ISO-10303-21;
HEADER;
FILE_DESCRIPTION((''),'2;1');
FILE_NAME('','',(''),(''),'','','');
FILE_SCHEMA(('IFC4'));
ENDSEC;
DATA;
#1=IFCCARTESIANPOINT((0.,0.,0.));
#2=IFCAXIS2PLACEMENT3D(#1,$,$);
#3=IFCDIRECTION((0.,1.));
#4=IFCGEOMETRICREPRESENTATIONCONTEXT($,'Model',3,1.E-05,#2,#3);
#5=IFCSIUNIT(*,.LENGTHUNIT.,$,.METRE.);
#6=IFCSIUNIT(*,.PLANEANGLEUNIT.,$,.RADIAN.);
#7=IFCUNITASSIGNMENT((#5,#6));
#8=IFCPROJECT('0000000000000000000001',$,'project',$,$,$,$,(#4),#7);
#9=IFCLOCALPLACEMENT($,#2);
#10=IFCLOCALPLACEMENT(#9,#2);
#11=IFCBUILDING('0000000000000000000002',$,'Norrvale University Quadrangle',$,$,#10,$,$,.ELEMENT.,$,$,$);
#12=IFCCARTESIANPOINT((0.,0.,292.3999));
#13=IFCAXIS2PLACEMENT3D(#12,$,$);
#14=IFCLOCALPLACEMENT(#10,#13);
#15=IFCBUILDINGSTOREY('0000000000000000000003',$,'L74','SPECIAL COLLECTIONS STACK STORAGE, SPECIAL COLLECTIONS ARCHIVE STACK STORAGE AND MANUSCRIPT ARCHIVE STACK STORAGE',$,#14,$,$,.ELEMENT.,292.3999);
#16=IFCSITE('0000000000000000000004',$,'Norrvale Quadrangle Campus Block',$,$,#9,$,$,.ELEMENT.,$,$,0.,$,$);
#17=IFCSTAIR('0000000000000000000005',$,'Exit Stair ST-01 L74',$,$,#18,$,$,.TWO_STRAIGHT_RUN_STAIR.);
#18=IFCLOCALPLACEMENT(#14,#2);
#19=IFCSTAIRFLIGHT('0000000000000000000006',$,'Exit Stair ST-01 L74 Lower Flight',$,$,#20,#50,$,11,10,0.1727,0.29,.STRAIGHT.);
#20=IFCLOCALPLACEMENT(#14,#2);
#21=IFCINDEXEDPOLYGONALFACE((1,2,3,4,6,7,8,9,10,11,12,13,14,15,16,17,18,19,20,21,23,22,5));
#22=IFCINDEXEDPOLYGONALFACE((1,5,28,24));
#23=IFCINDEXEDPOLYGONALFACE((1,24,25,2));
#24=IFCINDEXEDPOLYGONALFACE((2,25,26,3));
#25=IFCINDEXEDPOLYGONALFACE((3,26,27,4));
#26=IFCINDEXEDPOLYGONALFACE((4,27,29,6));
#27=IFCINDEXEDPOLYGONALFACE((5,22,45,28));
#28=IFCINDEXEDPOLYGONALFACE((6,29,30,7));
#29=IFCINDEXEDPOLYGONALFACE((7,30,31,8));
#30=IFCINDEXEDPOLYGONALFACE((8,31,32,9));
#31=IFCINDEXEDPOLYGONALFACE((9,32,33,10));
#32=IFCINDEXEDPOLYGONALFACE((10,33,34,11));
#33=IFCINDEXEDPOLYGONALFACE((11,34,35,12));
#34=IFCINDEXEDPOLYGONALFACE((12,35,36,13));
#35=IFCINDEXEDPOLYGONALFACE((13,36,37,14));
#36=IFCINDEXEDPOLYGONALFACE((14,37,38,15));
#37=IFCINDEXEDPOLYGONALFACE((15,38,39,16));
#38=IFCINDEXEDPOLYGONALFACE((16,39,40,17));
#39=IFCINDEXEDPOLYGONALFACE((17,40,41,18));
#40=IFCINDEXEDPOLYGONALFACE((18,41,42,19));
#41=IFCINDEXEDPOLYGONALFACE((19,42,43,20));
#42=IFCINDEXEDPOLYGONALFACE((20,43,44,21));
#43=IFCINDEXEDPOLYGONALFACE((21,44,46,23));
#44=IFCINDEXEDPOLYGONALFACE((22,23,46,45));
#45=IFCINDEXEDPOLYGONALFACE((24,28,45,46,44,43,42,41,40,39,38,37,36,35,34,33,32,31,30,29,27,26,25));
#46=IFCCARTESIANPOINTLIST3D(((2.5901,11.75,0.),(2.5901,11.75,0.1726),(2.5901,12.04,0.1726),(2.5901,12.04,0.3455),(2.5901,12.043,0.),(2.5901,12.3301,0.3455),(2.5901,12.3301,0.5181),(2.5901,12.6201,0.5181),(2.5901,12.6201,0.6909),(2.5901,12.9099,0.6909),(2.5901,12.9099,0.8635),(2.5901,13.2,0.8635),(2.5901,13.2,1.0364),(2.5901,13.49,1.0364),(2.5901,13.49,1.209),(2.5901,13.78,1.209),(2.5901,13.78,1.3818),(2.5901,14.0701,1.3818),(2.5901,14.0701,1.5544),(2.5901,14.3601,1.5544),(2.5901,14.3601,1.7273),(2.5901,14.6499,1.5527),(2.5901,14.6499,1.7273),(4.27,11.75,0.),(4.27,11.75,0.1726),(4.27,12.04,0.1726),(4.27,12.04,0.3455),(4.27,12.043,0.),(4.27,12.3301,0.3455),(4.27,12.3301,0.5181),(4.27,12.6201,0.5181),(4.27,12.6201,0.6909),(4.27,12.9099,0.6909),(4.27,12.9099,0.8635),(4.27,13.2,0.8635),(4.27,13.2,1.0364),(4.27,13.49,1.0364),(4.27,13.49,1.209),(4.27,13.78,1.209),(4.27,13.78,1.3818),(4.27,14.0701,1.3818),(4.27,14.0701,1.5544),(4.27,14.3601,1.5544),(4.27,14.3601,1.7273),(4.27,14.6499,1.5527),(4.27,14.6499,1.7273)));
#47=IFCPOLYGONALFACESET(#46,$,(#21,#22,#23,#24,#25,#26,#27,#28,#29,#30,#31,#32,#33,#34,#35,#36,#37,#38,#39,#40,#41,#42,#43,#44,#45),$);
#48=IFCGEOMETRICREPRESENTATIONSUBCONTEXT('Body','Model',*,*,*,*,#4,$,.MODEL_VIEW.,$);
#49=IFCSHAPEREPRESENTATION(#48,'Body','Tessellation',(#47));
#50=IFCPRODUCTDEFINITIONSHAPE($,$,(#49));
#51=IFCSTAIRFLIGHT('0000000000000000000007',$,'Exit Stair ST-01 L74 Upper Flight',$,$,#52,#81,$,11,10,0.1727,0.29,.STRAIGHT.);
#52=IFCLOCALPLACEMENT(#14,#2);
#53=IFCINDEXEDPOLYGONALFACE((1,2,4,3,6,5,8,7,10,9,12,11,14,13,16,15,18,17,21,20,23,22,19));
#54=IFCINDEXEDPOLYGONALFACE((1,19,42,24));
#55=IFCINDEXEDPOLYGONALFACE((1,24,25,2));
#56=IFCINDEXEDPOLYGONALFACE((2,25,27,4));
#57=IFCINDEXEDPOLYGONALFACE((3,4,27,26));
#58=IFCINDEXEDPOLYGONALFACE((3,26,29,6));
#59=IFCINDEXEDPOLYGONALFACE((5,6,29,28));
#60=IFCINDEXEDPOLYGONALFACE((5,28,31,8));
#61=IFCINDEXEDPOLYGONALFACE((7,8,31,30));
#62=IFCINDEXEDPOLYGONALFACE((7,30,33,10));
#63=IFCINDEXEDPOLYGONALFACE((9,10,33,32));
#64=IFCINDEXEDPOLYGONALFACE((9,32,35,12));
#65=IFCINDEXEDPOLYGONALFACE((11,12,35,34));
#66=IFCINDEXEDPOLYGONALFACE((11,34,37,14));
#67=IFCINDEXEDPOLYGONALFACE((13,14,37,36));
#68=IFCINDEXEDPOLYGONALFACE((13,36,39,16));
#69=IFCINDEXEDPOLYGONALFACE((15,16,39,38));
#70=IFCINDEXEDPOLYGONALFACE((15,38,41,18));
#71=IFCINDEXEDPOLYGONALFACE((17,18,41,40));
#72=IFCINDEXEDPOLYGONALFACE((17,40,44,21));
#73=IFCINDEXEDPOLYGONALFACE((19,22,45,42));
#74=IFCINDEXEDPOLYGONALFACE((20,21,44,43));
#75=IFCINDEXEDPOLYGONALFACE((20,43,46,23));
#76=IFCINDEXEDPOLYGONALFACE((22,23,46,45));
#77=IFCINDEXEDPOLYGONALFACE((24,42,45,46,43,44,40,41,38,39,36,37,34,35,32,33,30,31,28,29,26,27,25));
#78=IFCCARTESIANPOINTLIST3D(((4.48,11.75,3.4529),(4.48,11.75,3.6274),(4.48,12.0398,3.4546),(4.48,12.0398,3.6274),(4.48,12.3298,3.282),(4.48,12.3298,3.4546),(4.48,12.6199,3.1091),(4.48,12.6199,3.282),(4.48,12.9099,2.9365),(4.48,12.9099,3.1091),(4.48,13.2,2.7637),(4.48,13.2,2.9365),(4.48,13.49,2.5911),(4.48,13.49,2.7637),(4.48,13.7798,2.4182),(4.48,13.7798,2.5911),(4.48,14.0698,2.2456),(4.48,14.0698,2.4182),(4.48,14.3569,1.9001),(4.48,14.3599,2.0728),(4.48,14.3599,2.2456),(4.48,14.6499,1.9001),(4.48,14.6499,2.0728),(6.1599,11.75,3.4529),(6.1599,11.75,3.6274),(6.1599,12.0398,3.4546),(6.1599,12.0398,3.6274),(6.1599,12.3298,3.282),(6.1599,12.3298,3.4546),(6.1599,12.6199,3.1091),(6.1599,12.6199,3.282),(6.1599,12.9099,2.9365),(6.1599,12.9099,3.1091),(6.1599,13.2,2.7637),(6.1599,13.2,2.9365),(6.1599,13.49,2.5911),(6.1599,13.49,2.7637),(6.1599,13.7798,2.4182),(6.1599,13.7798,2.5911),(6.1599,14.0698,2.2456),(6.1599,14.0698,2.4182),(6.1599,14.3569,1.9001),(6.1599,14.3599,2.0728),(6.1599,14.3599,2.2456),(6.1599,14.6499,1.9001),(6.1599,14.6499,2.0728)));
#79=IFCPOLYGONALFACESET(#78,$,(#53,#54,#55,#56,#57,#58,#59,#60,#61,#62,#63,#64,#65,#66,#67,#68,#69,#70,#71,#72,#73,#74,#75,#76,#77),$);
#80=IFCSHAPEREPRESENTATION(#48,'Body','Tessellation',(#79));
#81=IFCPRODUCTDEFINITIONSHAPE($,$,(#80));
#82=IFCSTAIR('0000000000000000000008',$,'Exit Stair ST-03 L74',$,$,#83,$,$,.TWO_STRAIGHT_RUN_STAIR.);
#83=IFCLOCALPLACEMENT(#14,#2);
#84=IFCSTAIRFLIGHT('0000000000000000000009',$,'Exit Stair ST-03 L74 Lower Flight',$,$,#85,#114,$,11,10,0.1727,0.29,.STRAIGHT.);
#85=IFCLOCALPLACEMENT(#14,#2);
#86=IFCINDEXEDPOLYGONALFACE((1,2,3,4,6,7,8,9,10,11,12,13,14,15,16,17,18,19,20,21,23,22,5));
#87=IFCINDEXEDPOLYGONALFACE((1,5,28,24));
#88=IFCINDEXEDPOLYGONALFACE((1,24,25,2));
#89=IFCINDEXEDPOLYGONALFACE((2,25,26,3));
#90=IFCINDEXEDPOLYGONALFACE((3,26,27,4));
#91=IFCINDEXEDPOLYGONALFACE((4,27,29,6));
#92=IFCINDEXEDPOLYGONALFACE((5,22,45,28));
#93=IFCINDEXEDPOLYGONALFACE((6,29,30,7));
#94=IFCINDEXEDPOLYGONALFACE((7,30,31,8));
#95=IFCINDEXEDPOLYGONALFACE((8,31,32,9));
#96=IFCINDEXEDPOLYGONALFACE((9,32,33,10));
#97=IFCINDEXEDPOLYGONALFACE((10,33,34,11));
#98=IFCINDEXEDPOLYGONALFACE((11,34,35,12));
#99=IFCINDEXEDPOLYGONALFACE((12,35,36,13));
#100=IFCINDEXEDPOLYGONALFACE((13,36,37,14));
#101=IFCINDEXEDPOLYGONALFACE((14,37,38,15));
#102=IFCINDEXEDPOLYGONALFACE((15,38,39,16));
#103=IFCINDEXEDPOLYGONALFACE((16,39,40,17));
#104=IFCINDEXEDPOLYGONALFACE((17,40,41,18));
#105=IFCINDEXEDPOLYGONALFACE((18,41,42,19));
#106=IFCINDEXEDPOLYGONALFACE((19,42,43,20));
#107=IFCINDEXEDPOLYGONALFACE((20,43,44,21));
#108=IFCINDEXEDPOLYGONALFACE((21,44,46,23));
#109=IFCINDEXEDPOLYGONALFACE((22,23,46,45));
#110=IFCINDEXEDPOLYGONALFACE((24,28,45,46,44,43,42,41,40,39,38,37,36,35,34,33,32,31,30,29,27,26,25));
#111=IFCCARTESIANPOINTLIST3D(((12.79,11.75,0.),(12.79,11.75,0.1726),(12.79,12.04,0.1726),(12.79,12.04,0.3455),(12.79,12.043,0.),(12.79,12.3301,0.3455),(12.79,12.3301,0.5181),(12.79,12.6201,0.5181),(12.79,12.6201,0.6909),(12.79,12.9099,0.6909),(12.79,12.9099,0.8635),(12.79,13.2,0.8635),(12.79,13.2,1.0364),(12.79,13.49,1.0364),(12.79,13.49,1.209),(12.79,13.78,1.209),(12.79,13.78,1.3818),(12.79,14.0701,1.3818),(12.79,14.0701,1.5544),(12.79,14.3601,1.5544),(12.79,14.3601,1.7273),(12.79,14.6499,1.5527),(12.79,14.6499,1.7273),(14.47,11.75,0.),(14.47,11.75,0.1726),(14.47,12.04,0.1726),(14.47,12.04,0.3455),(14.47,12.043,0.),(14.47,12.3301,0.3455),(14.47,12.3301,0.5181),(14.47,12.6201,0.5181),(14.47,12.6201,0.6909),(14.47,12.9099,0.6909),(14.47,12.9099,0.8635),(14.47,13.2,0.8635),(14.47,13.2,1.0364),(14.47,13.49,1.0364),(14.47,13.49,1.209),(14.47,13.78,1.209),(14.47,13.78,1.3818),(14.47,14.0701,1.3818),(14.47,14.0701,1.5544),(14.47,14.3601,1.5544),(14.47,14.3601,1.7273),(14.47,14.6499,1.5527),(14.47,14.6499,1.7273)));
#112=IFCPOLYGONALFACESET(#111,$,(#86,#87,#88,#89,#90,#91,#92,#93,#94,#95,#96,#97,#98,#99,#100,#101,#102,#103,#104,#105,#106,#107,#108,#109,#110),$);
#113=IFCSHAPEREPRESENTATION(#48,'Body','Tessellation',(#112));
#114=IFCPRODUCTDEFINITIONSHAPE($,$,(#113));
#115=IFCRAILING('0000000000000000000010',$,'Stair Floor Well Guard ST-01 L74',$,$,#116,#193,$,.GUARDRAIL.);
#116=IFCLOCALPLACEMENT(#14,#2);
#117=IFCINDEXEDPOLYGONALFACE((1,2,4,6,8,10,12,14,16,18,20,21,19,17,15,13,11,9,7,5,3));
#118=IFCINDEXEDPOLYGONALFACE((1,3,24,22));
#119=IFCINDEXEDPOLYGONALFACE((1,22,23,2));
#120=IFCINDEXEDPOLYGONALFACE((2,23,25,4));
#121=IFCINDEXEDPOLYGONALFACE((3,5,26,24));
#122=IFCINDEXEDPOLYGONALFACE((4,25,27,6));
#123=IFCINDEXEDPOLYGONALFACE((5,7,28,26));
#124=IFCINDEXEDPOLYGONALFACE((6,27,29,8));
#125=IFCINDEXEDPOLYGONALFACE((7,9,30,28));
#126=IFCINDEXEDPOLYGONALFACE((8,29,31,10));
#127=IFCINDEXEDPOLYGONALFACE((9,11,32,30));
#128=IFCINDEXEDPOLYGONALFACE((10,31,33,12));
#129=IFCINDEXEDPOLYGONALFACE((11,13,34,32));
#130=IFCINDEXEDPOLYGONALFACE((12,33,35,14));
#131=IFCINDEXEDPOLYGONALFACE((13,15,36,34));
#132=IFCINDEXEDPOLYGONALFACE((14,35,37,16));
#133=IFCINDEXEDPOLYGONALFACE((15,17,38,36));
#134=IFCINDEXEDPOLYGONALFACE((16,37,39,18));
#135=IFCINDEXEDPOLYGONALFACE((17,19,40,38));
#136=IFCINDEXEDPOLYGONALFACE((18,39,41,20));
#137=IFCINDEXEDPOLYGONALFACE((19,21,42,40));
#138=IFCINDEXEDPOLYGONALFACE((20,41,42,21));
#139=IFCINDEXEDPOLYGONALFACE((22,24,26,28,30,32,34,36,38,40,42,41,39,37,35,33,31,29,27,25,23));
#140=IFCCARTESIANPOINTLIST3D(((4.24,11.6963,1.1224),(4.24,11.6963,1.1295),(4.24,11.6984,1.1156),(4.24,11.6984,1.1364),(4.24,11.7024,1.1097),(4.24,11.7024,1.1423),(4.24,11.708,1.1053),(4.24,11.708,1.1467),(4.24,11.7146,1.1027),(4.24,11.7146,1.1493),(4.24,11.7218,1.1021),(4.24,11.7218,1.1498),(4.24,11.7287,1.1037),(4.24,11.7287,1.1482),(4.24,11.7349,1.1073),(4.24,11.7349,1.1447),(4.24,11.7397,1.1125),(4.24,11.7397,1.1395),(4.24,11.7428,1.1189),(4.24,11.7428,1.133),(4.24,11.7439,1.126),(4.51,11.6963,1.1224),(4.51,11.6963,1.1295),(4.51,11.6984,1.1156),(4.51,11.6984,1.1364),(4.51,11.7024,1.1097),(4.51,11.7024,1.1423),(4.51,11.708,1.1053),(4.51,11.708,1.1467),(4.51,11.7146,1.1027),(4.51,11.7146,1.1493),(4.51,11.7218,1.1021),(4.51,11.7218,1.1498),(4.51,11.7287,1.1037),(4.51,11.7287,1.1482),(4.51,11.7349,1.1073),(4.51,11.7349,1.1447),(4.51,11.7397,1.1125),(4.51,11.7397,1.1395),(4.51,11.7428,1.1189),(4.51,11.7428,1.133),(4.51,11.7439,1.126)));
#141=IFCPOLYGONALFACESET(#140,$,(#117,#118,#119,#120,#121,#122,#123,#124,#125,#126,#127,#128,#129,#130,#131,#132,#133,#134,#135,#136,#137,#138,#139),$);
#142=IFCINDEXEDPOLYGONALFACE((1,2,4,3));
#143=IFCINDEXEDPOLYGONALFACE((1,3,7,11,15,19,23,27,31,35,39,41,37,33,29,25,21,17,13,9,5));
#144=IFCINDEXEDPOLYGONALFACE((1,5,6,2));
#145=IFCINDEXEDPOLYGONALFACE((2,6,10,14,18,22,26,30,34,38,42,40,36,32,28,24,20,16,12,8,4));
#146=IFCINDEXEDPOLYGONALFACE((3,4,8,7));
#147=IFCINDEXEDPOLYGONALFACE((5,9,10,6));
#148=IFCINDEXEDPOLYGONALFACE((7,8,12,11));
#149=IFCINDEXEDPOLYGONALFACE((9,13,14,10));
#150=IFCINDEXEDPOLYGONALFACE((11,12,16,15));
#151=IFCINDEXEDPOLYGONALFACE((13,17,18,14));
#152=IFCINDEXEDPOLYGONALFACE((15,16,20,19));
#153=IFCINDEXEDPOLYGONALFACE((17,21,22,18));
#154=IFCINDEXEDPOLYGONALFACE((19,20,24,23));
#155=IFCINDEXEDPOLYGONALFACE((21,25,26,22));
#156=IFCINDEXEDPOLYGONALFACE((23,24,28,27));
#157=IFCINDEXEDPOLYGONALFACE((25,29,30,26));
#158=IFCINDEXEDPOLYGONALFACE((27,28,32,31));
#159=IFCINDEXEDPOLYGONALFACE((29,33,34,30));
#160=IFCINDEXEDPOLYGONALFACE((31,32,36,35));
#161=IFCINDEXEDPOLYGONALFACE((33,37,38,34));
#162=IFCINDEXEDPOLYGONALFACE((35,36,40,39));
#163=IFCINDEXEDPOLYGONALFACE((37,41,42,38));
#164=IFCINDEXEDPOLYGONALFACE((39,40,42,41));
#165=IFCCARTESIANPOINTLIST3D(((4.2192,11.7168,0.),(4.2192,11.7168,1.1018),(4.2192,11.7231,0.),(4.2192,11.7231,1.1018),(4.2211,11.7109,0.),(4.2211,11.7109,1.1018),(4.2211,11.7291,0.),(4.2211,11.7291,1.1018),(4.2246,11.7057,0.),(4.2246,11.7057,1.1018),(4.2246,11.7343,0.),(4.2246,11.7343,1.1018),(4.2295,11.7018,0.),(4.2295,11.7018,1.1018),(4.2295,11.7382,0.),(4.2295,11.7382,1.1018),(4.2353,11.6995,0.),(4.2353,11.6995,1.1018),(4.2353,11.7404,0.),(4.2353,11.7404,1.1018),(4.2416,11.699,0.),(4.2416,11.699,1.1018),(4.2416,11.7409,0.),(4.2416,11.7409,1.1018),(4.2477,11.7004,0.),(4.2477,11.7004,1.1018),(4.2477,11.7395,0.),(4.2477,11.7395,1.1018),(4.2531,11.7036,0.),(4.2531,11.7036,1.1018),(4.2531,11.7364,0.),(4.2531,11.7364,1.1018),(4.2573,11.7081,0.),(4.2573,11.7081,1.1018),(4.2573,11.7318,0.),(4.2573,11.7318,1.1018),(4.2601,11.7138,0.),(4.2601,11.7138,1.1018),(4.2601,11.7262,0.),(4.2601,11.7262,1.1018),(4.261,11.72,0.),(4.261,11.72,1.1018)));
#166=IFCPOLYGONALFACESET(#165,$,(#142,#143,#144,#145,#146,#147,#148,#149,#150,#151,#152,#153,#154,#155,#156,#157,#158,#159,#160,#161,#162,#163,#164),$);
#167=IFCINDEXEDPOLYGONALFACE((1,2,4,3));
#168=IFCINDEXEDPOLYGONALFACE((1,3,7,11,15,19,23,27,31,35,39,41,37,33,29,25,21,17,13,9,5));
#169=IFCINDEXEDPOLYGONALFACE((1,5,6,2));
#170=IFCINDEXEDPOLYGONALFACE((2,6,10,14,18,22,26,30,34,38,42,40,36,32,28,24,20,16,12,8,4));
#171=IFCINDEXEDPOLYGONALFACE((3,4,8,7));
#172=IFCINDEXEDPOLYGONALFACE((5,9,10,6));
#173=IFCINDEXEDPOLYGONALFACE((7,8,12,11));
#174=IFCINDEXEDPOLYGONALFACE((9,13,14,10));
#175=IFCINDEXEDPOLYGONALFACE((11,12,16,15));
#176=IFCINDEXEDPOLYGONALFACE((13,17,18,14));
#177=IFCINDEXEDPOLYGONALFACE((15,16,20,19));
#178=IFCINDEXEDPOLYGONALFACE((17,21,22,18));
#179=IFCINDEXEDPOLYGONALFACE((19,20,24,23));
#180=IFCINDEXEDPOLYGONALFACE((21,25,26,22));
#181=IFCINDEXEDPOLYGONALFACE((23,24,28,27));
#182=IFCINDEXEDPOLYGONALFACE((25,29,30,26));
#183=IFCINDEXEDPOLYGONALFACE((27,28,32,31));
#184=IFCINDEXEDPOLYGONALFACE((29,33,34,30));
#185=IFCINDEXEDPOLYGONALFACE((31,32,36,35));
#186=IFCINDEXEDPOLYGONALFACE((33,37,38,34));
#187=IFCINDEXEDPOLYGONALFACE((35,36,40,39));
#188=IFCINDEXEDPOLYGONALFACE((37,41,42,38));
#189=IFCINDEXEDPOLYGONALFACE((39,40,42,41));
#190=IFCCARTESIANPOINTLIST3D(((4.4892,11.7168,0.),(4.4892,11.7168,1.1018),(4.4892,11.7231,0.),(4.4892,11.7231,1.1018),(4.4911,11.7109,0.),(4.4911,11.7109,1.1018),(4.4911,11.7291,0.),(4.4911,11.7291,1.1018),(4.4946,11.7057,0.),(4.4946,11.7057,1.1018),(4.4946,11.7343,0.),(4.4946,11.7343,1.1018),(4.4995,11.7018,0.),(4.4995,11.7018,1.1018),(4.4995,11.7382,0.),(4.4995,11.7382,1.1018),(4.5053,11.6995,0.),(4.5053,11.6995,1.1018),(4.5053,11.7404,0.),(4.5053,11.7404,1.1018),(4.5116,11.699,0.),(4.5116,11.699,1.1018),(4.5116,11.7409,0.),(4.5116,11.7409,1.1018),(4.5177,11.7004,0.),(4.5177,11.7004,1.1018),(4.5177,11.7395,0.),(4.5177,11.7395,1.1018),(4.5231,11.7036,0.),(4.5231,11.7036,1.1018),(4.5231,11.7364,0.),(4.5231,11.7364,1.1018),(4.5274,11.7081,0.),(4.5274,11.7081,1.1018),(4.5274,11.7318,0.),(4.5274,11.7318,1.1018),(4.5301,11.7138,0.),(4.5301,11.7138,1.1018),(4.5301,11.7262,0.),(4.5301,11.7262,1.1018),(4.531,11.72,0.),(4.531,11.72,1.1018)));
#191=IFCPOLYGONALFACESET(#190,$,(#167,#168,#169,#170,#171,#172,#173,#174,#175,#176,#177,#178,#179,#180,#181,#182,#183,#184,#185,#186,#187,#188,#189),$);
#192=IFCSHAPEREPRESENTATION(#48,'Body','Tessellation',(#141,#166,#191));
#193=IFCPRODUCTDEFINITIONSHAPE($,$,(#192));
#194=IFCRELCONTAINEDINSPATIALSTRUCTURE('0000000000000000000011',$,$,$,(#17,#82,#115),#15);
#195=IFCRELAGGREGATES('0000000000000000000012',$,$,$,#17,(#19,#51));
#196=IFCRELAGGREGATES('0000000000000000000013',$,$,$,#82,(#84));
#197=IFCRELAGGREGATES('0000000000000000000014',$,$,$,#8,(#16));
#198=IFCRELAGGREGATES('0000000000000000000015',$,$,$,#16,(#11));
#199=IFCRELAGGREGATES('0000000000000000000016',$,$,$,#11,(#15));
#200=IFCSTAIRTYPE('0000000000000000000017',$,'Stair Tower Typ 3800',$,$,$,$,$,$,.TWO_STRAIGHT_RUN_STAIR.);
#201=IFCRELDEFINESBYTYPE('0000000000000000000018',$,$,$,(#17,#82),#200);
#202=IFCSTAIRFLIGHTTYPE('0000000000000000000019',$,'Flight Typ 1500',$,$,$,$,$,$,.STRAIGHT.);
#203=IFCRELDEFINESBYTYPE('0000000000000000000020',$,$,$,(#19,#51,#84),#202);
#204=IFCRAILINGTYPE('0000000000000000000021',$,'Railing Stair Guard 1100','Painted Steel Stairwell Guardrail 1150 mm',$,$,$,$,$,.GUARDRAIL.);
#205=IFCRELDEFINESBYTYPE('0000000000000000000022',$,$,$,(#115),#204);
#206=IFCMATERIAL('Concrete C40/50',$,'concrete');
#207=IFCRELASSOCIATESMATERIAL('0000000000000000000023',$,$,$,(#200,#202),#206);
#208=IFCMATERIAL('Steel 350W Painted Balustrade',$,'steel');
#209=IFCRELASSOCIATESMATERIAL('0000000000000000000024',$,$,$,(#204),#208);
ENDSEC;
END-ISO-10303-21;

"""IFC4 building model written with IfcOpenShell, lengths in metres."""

from ifc_helpers import new_model, si_unit, direction, frame, origin, origin_2d, place, context, subcontext, project, spatial, polyline, circle, outline, extrude, material, type_object, element, aggregate, save


model = new_model("IFC4")

# Units and contexts
model_context = context("Model", 3, precision=1e-05, world=origin(), true_north=direction((0.0, 1.0)))
body_context = subcontext(model_context, "Body", "Model", "MODEL_VIEW")
ifc_project = project(units=[si_unit("LENGTHUNIT", "METRE"), si_unit("PLANEANGLEUNIT", "RADIAN")], contexts=[model_context])

# Site, building, storey
site_placement = place(None, origin())
site = spatial("IfcSite", under=ifc_project, at=site_placement, Name="Norrvale Quadrangle Campus Block", CompositionType="ELEMENT", RefElevation=0.0)
building_placement = place(site_placement, origin())
building = spatial("IfcBuilding", under=site, at=building_placement, Name="Norrvale University Quadrangle", CompositionType="ELEMENT")
storey_placement = place(building_placement, frame((0.0, 0.0, 292.3999)))
storey = spatial("IfcBuildingStorey", under=building, at=storey_placement, Name="L74", Description="SPECIAL COLLECTIONS STACK STORAGE, SPECIAL COLLECTIONS ARCHIVE STACK STORAGE AND MANUSCRIPT ARCHIVE STACK STORAGE", CompositionType="ELEMENT", Elevation=292.3999)

# Stair, stair flights
ifc_material_1 = material(Name="Concrete C40/50", Category="concrete")
stair_type = type_object("IfcStairType", Name="Stair Tower Typ 3800", PredefinedType="TWO_STRAIGHT_RUN_STAIR", material=ifc_material_1)
stair_1_placement = place(storey_placement, origin())
stair_1 = element("IfcStair", 1, at=stair_1_placement, inside=storey, type_object=stair_type, Name="Exit Stair ST-01 L74", PredefinedType="TWO_STRAIGHT_RUN_STAIR")
stair_flight_type = type_object("IfcStairFlightType", Name="Flight Typ 1500", PredefinedType="STRAIGHT", material=ifc_material_1)
stair_flight_1_placement = place(storey_placement, frame((3.4299, 11.75, 0.0), z_axis=(0.0, 0.0, 1.0), x_axis=(0.0, 1.0, 0.0)))
stair_flight_1 = element("IfcStairFlight", 2, at=stair_flight_1_placement, type_object=stair_flight_type, Name="Exit Stair ST-01 L74 Lower Flight", NumberOfRisers=11, NumberOfTreads=10, PredefinedType="STRAIGHT", RiserHeight=0.1727, TreadLength=0.29, context=body_context, shape_type="SweptSolid", body=[
    extrude(outline(polyline([(0.0, 0.0), (0.0, 0.1726), (0.29, 0.1726), (0.29, 0.3455), (0.5801, 0.3455), (0.5801, 0.5181), (0.8701, 0.5181), (0.8701, 0.6909), (1.1599, 0.6909), (1.1599, 0.8635), (1.45, 0.8635), (1.45, 1.0364), (1.74, 1.0364), (1.74, 1.209), (2.03, 1.209), (2.03, 1.3818), (2.3201, 1.3818), (2.3201, 1.5544), (2.6101, 1.5544), (2.6101, 1.7273), (2.8999, 1.7273), (2.8999, 1.8999), (2.8999, 1.5527), (0.293, 0.0), (0.0, 0.0)])), frame((0.0, 0.8398, 0.0), z_axis=(0.0, -1.0, 0.0), x_axis=(1.0, 0.0, 0.0)), (0.0, 0.0, 1.0), 1.6799),
])
stair_flight_2_placement = place(storey_placement, frame((5.3201, 14.6499, 1.9001), z_axis=(0.0, 0.0, 1.0), x_axis=(0.0, -1.0, 0.0)))
stair_flight_2 = element("IfcStairFlight", 3, at=stair_flight_2_placement, type_object=stair_flight_type, Name="Exit Stair ST-01 L74 Upper Flight", NumberOfRisers=11, NumberOfTreads=10, PredefinedType="STRAIGHT", RiserHeight=0.1727, TreadLength=0.29, context=body_context, shape_type="SweptSolid", body=[
    extrude(outline(polyline([(0.0, 0.0), (0.0, 0.1726), (0.29, 0.1726), (0.29, 0.3455), (0.5801, 0.3455), (0.5801, 0.5181), (0.8701, 0.5181), (0.8701, 0.6909), (1.1599, 0.6909), (1.1599, 0.8635), (1.45, 0.8635), (1.45, 1.0364), (1.74, 1.0364), (1.74, 1.209), (2.03, 1.209), (2.03, 1.3818), (2.3201, 1.3818), (2.3201, 1.5544), (2.6101, 1.5544), (2.6101, 1.7273), (2.8999, 1.7273), (2.8999, 1.8999), (2.8999, 1.5527), (0.293, 0.0), (0.0, 0.0)])), frame((0.0, 0.8398, 0.0), z_axis=(0.0, -1.0, 0.0), x_axis=(1.0, 0.0, 0.0)), (0.0, 0.0, 1.0), 1.6799),
])
aggregate(stair_1, [stair_flight_1, stair_flight_2])

# Stair, stair flight
stair_2_placement = place(storey_placement, origin())
stair_2 = element("IfcStair", 4, at=stair_2_placement, inside=storey, type_object=stair_type, Name="Exit Stair ST-03 L74", PredefinedType="TWO_STRAIGHT_RUN_STAIR")
stair_flight_3_placement = place(storey_placement, frame((13.6299, 11.75, 0.0), z_axis=(0.0, 0.0, 1.0), x_axis=(0.0, 1.0, 0.0)))
stair_flight_3 = element("IfcStairFlight", 5, at=stair_flight_3_placement, type_object=stair_flight_type, Name="Exit Stair ST-03 L74 Lower Flight", NumberOfRisers=11, NumberOfTreads=10, PredefinedType="STRAIGHT", RiserHeight=0.1727, TreadLength=0.29, context=body_context, shape_type="SweptSolid", body=[
    extrude(outline(polyline([(0.0, 0.0), (0.0, 0.1726), (0.29, 0.1726), (0.29, 0.3455), (0.5801, 0.3455), (0.5801, 0.5181), (0.8701, 0.5181), (0.8701, 0.6909), (1.1599, 0.6909), (1.1599, 0.8635), (1.45, 0.8635), (1.45, 1.0364), (1.74, 1.0364), (1.74, 1.209), (2.03, 1.209), (2.03, 1.3818), (2.3201, 1.3818), (2.3201, 1.5544), (2.6101, 1.5544), (2.6101, 1.7273), (2.8999, 1.7273), (2.8999, 1.8999), (2.8999, 1.5527), (0.293, 0.0), (0.0, 0.0)])), frame((0.0, 0.8398, 0.0), z_axis=(0.0, -1.0, 0.0), x_axis=(1.0, 0.0, 0.0)), (0.0, 0.0, 1.0), 1.6799),
])
aggregate(stair_2, [stair_flight_3])

# Railing
ifc_material_2 = material(Name="Steel 350W Painted Balustrade", Category="steel")
railing_type_1 = type_object("IfcRailingType", Name="Railing Stair Guard 1100", Description="Painted Steel Stairwell Guardrail 1150 mm", PredefinedType="GUARDRAIL", material=ifc_material_2)
for number, where, name in (
    (6, (4.24, 11.72, 0.0), "Stair Floor Well Guard ST-01 L74"),
):
    element("IfcRailing", number, at=place(storey_placement, frame(where)), inside=storey, type_object=railing_type_1, Name=name, PredefinedType="GUARDRAIL", context=body_context, shape_type="SweptSolid", body=[
        extrude(circle(Radius=0.0239, at=origin_2d()), frame((0.0, 0.0, 1.126), z_axis=(1.0, 0.0, 0.0), x_axis=(0.0, 1.0, 0.0)), (0.0, 0.0, 1.0), 0.27),
        extrude(circle(Radius=0.021, at=origin_2d()), origin(), (0.0, 0.0, 1.0), 1.1018),
        extrude(circle(Radius=0.021, at=origin_2d()), frame((0.27, 0.0, 0.0)), (0.0, 0.0, 1.0), 1.1018),
    ])

save(model, "model.ifc")
